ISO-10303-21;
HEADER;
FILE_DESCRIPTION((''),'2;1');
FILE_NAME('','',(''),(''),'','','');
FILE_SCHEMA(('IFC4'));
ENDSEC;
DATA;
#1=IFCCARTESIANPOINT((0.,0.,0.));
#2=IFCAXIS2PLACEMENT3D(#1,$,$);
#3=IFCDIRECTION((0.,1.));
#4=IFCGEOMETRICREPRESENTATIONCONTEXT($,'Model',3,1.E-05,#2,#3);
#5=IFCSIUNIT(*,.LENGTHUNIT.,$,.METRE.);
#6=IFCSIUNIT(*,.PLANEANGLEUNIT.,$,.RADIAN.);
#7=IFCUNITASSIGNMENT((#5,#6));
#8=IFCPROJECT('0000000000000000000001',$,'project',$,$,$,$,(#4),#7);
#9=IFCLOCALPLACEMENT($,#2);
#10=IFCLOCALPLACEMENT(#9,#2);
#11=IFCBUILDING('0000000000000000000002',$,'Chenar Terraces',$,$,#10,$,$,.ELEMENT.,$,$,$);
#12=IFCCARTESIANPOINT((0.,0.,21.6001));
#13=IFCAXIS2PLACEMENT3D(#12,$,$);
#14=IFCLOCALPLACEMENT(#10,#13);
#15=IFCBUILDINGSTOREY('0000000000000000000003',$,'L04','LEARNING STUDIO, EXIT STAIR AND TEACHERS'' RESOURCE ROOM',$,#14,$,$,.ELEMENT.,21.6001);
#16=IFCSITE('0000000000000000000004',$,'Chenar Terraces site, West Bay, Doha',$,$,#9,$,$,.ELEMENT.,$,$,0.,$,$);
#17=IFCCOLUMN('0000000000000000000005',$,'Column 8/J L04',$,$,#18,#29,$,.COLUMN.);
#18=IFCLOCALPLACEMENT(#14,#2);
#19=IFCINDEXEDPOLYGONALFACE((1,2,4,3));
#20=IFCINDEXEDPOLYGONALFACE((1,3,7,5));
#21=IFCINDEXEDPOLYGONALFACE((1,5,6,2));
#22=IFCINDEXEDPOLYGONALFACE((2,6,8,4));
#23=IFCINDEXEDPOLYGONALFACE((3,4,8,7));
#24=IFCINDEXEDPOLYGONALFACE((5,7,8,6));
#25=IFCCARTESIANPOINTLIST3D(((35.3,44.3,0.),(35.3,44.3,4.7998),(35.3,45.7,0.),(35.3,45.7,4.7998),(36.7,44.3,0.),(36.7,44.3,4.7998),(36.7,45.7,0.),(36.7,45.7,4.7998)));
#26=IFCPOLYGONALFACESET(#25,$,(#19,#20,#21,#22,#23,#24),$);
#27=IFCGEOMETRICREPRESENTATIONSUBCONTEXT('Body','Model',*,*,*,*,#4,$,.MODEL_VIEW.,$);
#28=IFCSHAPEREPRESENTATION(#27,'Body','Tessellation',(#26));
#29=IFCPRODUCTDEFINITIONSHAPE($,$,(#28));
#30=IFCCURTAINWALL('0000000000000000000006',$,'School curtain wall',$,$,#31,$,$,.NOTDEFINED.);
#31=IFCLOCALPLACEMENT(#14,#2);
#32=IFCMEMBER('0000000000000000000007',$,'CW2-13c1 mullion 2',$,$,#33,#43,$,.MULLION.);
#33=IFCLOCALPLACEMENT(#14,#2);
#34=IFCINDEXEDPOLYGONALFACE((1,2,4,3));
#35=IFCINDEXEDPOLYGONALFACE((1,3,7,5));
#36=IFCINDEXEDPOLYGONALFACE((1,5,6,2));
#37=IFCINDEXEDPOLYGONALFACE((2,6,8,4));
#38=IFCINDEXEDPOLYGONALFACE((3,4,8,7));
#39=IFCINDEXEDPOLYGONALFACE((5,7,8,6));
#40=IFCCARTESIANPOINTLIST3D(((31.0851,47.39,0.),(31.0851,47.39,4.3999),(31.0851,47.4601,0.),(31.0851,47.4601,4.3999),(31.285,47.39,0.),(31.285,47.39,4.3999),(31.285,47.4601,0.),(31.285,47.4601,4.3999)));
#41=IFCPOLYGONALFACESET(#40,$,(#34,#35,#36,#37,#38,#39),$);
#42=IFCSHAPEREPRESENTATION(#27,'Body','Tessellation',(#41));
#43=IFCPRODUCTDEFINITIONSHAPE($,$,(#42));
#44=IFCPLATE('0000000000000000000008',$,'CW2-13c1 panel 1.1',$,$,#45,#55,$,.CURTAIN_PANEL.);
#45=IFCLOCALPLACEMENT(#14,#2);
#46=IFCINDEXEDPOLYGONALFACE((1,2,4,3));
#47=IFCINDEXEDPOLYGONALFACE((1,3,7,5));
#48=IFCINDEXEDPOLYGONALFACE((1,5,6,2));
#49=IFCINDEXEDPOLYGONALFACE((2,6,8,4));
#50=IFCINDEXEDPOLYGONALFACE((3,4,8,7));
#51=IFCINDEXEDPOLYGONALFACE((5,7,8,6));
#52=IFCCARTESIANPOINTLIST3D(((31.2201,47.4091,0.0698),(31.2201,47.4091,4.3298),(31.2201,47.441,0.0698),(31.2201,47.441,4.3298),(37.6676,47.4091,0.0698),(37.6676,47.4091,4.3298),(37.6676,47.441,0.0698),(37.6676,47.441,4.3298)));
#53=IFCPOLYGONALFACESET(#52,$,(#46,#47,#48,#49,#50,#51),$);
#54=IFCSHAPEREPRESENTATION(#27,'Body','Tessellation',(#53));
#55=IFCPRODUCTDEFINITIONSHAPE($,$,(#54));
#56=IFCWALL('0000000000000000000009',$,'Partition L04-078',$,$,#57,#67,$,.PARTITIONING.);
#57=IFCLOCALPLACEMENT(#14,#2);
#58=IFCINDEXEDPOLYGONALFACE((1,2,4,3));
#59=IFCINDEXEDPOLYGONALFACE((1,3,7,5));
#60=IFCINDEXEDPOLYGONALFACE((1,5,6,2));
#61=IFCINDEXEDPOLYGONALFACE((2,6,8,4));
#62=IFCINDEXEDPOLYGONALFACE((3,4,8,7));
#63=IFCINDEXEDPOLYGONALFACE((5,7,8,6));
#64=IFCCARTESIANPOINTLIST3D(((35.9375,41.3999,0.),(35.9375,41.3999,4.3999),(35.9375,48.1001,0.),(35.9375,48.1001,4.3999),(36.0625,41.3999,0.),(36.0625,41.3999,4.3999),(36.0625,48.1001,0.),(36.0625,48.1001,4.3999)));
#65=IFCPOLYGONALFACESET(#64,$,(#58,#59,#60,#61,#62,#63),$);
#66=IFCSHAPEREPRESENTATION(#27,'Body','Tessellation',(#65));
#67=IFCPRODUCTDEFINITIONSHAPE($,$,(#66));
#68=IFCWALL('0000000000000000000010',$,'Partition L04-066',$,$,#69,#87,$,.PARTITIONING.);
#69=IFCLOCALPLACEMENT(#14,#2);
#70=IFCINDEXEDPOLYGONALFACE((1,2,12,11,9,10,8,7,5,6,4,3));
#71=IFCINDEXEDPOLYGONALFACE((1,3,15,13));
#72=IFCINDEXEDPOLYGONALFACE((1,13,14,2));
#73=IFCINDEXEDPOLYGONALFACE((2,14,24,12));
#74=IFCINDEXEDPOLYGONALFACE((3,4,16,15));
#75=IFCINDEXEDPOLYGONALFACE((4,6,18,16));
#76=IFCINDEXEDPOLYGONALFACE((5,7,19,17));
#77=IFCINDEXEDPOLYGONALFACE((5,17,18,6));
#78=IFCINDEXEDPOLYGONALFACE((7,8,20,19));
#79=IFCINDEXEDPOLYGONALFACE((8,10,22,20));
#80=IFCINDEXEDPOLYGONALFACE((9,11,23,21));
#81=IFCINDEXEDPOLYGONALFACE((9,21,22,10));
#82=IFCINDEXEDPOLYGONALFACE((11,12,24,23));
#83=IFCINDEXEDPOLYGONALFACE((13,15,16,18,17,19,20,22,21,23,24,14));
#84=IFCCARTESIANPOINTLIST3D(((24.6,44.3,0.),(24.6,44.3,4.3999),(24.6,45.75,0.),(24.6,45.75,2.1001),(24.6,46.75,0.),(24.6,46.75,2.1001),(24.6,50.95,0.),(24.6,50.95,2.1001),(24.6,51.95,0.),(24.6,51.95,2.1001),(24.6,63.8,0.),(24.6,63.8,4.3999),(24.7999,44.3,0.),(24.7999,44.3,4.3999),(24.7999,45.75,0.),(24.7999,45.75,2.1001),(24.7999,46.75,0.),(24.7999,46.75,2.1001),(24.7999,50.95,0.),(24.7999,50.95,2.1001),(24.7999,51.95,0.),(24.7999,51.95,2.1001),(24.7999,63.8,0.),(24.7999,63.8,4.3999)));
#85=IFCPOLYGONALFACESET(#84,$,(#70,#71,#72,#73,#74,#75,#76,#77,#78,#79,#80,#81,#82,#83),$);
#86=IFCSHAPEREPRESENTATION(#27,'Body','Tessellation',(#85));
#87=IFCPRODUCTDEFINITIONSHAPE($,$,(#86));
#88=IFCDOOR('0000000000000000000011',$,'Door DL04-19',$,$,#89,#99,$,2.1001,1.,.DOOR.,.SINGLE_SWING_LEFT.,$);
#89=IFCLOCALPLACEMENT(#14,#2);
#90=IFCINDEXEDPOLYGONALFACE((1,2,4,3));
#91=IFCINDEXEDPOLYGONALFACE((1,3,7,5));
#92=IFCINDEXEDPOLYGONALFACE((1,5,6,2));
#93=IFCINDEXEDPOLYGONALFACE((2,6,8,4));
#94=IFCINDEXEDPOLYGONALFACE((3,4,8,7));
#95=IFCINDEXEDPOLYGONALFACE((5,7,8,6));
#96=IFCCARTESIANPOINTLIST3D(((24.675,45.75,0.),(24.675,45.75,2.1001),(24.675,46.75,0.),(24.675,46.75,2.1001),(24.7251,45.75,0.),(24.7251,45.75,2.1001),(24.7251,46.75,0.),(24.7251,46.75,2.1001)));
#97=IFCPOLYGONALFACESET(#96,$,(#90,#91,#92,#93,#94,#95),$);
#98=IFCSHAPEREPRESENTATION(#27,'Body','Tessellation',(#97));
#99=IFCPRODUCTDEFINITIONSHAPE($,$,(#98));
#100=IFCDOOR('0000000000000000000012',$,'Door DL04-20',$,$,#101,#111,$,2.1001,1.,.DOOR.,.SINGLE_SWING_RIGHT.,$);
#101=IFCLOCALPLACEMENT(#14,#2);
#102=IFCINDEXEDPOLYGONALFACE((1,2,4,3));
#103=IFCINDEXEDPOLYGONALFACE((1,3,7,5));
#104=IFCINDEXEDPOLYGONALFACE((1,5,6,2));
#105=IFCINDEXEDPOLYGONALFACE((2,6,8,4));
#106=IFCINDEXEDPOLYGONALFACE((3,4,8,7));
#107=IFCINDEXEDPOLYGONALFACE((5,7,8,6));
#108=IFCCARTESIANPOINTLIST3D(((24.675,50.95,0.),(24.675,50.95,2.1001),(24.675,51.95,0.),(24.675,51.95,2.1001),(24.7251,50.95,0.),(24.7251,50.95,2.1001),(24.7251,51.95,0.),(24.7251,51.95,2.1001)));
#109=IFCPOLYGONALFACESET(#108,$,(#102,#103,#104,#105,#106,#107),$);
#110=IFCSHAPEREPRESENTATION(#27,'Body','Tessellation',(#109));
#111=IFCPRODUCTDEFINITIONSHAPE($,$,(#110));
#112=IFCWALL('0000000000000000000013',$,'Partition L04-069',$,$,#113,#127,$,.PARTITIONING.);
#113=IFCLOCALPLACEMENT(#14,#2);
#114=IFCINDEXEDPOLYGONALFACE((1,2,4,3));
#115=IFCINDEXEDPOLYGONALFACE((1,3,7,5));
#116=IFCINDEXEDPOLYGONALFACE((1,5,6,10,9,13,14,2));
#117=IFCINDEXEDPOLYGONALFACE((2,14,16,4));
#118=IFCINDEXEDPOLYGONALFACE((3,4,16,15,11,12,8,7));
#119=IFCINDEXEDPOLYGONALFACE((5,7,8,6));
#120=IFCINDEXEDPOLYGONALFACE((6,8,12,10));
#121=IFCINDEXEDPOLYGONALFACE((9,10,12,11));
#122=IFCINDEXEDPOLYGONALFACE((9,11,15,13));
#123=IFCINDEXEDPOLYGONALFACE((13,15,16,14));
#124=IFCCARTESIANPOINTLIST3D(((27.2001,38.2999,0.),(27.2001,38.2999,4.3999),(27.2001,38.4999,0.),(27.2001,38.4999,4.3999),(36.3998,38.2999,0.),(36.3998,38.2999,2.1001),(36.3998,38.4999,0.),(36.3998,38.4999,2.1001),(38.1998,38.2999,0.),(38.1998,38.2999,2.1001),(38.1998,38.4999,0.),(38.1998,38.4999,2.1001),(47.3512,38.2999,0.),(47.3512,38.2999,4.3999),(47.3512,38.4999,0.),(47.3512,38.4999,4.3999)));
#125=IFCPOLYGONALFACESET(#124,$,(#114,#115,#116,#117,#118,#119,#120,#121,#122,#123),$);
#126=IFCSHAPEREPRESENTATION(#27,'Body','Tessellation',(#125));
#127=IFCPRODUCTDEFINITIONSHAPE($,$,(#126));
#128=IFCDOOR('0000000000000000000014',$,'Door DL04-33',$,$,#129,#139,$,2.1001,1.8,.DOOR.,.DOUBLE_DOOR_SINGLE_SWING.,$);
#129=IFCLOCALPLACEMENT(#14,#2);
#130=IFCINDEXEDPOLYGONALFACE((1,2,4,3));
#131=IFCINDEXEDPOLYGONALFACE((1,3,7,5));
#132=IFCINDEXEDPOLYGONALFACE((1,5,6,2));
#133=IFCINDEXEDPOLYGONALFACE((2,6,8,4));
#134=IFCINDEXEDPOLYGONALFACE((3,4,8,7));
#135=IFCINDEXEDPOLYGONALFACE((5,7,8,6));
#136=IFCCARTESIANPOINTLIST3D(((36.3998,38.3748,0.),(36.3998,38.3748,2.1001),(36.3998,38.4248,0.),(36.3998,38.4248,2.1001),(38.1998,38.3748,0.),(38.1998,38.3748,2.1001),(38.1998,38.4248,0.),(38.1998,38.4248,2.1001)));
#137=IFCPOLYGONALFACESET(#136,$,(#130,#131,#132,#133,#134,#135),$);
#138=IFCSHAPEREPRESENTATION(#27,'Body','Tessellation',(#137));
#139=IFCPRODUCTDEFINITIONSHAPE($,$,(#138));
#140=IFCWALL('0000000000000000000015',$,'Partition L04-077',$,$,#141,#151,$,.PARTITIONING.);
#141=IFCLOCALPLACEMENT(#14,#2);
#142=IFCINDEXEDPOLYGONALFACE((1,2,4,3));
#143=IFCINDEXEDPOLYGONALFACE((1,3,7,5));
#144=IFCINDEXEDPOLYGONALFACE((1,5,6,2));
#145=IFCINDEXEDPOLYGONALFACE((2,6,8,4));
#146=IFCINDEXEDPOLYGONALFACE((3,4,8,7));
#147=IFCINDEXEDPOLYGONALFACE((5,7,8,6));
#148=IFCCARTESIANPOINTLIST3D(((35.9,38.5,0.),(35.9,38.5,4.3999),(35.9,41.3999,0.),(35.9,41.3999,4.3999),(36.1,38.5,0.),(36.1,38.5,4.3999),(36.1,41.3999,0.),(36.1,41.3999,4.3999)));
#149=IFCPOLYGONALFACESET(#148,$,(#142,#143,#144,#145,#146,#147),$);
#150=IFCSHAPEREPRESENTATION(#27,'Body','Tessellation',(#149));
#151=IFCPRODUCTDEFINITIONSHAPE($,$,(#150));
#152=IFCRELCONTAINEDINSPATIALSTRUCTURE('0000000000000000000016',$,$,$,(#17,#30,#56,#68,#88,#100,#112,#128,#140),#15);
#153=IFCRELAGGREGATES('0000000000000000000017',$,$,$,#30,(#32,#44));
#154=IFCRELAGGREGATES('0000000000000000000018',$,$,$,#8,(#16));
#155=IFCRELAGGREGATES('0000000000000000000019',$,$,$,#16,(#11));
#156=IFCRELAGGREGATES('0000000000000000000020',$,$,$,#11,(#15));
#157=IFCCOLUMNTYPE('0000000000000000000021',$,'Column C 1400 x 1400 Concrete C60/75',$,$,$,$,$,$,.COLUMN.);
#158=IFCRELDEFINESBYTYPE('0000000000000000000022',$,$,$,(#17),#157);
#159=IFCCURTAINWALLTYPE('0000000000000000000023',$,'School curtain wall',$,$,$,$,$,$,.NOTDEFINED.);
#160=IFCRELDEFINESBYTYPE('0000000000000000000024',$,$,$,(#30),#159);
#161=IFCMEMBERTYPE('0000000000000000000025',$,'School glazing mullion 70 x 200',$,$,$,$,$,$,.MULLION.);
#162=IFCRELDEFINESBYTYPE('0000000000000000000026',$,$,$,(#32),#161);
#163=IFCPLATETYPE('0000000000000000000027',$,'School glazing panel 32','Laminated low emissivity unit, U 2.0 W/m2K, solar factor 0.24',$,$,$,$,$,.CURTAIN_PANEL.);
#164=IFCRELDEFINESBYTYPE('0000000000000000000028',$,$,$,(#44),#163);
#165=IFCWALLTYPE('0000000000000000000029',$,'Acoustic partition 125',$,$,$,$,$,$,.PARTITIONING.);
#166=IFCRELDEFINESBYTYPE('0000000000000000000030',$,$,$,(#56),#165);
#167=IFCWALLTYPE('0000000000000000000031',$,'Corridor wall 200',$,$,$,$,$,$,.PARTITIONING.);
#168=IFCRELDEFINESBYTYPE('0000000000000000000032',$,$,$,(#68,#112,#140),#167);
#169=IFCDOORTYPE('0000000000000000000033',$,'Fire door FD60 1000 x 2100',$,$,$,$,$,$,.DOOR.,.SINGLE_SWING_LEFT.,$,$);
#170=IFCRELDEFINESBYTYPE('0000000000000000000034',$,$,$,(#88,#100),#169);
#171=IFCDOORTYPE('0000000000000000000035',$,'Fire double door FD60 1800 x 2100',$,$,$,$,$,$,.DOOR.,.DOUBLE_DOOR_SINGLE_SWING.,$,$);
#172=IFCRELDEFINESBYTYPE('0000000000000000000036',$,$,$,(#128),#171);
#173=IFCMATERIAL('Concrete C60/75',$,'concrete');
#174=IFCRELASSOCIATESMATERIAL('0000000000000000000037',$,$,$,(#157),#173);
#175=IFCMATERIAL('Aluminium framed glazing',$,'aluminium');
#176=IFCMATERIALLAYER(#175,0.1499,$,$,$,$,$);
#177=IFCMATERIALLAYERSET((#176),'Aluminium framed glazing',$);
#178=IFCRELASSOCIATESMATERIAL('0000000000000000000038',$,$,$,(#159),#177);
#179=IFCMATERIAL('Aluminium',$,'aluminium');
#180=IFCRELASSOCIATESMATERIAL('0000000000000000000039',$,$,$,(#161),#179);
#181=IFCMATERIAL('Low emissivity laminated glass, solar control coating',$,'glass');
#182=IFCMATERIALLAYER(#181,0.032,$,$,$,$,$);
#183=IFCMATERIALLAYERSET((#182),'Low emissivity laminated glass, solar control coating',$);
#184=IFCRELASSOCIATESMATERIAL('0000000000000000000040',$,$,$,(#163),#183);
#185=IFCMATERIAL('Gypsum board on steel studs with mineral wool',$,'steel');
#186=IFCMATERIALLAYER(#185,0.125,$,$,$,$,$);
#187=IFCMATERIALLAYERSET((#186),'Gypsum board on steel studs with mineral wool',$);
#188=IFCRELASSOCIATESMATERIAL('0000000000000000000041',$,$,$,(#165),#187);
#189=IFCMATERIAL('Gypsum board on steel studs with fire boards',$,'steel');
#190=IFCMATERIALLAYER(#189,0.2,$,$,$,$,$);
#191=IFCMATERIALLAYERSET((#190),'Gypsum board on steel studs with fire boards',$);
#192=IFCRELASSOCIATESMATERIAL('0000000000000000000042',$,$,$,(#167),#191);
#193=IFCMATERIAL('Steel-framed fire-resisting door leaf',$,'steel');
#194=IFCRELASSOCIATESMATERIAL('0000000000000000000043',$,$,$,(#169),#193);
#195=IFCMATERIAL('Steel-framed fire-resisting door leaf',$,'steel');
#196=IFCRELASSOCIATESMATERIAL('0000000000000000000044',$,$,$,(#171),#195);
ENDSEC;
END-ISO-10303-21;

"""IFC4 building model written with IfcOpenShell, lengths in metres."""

from ifc_helpers import new_model, si_unit, direction, frame, frame_2d, origin, origin_2d, place, context, subcontext, project, spatial, rectangle, extrude, material, layer, layer_set, material_profile, profile_set, type_object, element, fill, aggregate, save


model = new_model("IFC4")

# Units and contexts
model_context = context("Model", 3, precision=1e-05, world=origin(), true_north=direction((0.0, 1.0)))
body_context = subcontext(model_context, "Body", "Model", "MODEL_VIEW")
ifc_project = project(units=[si_unit("LENGTHUNIT", "METRE"), si_unit("PLANEANGLEUNIT", "RADIAN")], contexts=[model_context])

# Site, building, storey
site_placement = place(None, origin())
site = spatial("IfcSite", under=ifc_project, at=site_placement, Name="Chenar Terraces site, West Bay, Doha", CompositionType="ELEMENT", RefElevation=0.0)
building_placement = place(site_placement, origin())
building = spatial("IfcBuilding", under=site, at=building_placement, Name="Chenar Terraces", CompositionType="ELEMENT")
storey_placement = place(building_placement, frame((0.0, 0.0, 21.6001)))
storey = spatial("IfcBuildingStorey", under=building, at=storey_placement, Name="L04", Description="LEARNING STUDIO, EXIT STAIR AND TEACHERS' RESOURCE ROOM", CompositionType="ELEMENT", Elevation=21.6001)

# Column
ifc_material_1 = material(Name="Concrete C60/75", Category="concrete")
ifc_material_profile_1 = material_profile(ifc_material_1, rectangle(XDim=1.3999, YDim=1.3999, at=origin_2d()), Name="C 1400 x 1400")
ifc_profile_set_1 = profile_set([ifc_material_profile_1], Name="Concrete C60/75")
column_type = type_object("IfcColumnType", Name="Column C 1400 x 1400 Concrete C60/75", PredefinedType="COLUMN", material=ifc_profile_set_1)
column_placement = place(storey_placement, frame((36.0, 45.0, 0.0), z_axis=(0.0, 0.0, 1.0), x_axis=(1.0, 0.0, 0.0)))
element("IfcColumn", 1, at=column_placement, inside=storey, type_object=column_type, Name="Column 8/J L04", PredefinedType="COLUMN", context=body_context, shape_type="SweptSolid", body=[
    extrude(rectangle(XDim=1.3999, YDim=1.3999, at=origin_2d()), origin(), (0.0, 0.0, 1.0), 4.7998),
])

# Curtain wall, member, plate
ifc_material_2 = material(Name="Aluminium framed glazing", Category="aluminium")
ifc_layer_1 = layer(ifc_material_2, 0.1499)
ifc_layer_set_1 = layer_set([ifc_layer_1], Name="Aluminium framed glazing")
curtain_wall_type = type_object("IfcCurtainWallType", Name="School curtain wall", PredefinedType="NOTDEFINED", material=ifc_layer_set_1)
curtain_wall_placement = place(storey_placement, origin())
curtain_wall = element("IfcCurtainWall", 2, at=curtain_wall_placement, inside=storey, type_object=curtain_wall_type, Name="School curtain wall", PredefinedType="NOTDEFINED")
ifc_material_3 = material(Name="Aluminium", Category="aluminium")
ifc_material_profile_2 = material_profile(ifc_material_3, rectangle(XDim=0.0701, YDim=0.2, at=origin_2d()), Name="School glazing mullion 70 x 200")
ifc_profile_set_2 = profile_set([ifc_material_profile_2], Name="Aluminium")
member_type = type_object("IfcMemberType", Name="School glazing mullion 70 x 200", PredefinedType="MULLION", material=ifc_profile_set_2)
member_placement = place(storey_placement, frame((31.1851, 47.425, 0.0), z_axis=(0.0, 0.0, 1.0), x_axis=(0.0, -1.0, 0.0)))
member = element("IfcMember", 3, at=member_placement, type_object=member_type, Name="CW2-13c1 mullion 2", PredefinedType="MULLION", context=body_context, shape_type="SweptSolid", body=[
    extrude(rectangle(XDim=0.0701, YDim=0.2, at=origin_2d()), origin(), (0.0, 0.0, 1.0), 4.3999),
])
ifc_material_4 = material(Name="Low emissivity laminated glass, solar control coating", Category="glass")
ifc_layer_2 = layer(ifc_material_4, 0.032)
ifc_layer_set_2 = layer_set([ifc_layer_2], Name="Low emissivity laminated glass, solar control coating")
plate_type = type_object("IfcPlateType", Name="School glazing panel 32", Description="Laminated low emissivity unit, U 2.0 W/m2K, solar factor 0.24", PredefinedType="CURTAIN_PANEL", material=ifc_layer_set_2)
plate_placement = place(storey_placement, frame((34.4438, 47.425, 0.0698), z_axis=(0.0, 0.0, 1.0), x_axis=(-1.0, 0.0, 0.0)))
plate = element("IfcPlate", 4, at=plate_placement, type_object=plate_type, Name="CW2-13c1 panel 1.1", PredefinedType="CURTAIN_PANEL", context=body_context, shape_type="SweptSolid", body=[
    extrude(rectangle(XDim=6.4475, YDim=0.032, at=origin_2d()), origin(), (0.0, 0.0, 1.0), 4.26),
])
aggregate(curtain_wall, [member, plate])

# Wall
ifc_material_5 = material(Name="Gypsum board on steel studs with mineral wool", Category="steel")
ifc_layer_3 = layer(ifc_material_5, 0.125)
ifc_layer_set_3 = layer_set([ifc_layer_3], Name="Gypsum board on steel studs with mineral wool")
wall_type_1 = type_object("IfcWallType", Name="Acoustic partition 125", PredefinedType="PARTITIONING", material=ifc_layer_set_3)
wall_1_placement = place(storey_placement, frame((36.0, 41.3999, 0.0), z_axis=(0.0, 0.0, 1.0), x_axis=(0.0, 1.0, 0.0)))
element("IfcWall", 5, at=wall_1_placement, inside=storey, type_object=wall_type_1, Name="Partition L04-078", PredefinedType="PARTITIONING", context=body_context, shape_type="SweptSolid", body=[
    extrude(rectangle(XDim=6.7002, YDim=0.125, at=frame_2d((3.3501, 0.0))), origin(), (0.0, 0.0, 1.0), 4.3999),
])

# Wall, openings, doors
ifc_material_6 = material(Name="Gypsum board on steel studs with fire boards", Category="steel")
ifc_layer_4 = layer(ifc_material_6, 0.2)
ifc_layer_set_4 = layer_set([ifc_layer_4], Name="Gypsum board on steel studs with fire boards")
wall_type_2 = type_object("IfcWallType", Name="Corridor wall 200", PredefinedType="PARTITIONING", material=ifc_layer_set_4)
wall_2_placement = place(storey_placement, frame((24.7, 44.3, 0.0), z_axis=(0.0, 0.0, 1.0), x_axis=(0.0, 1.0, 0.0)))
wall_2 = element("IfcWall", 6, at=wall_2_placement, inside=storey, type_object=wall_type_2, Name="Partition L04-066", PredefinedType="PARTITIONING", context=body_context, shape_type="SweptSolid", body=[
    extrude(rectangle(XDim=19.5, YDim=0.2, at=frame_2d((9.75, 0.0))), origin(), (0.0, 0.0, 1.0), 4.3999),
])
opening_1_placement = place(wall_2_placement, frame((1.45, 0.0, 0.0)))
opening_1 = element("IfcOpeningElement", 7, at=opening_1_placement, cuts=wall_2, PredefinedType="OPENING", context=body_context, shape_type="SweptSolid", body=[
    extrude(rectangle(XDim=1.0, YDim=2.1001, at=frame_2d((0.5, 1.05))), frame((0.0, 0.1099, 0.0), z_axis=(0.0, -1.0, 0.0), x_axis=(1.0, 0.0, 0.0)), (0.0, 0.0, 1.0), 0.22),
])
opening_2_placement = place(wall_2_placement, frame((6.6499, 0.0, 0.0)))
opening_2 = element("IfcOpeningElement", 8, at=opening_2_placement, cuts=wall_2, PredefinedType="OPENING", context=body_context, shape_type="SweptSolid", body=[
    extrude(rectangle(XDim=1.0, YDim=2.1001, at=frame_2d((0.5, 1.05))), frame((0.0, 0.1099, 0.0), z_axis=(0.0, -1.0, 0.0), x_axis=(1.0, 0.0, 0.0)), (0.0, 0.0, 1.0), 0.22),
])
ifc_material_7 = material(Name="Steel-framed fire-resisting door leaf", Category="steel")
door_type_1 = type_object("IfcDoorType", Name="Fire door FD60 1000 x 2100", OperationType="SINGLE_SWING_LEFT", PredefinedType="DOOR", material=ifc_material_7)
door_1_placement = place(opening_1_placement, origin())
door_1 = element("IfcDoor", 9, at=door_1_placement, inside=storey, type_object=door_type_1, Name="Door DL04-19", OperationType="SINGLE_SWING_LEFT", OverallHeight=2.1001, OverallWidth=1.0, PredefinedType="DOOR", context=body_context, shape_type="SweptSolid", body=[
    extrude(rectangle(XDim=1.0, YDim=2.1001, at=frame_2d((0.5, 1.05))), frame((0.0, 0.0249, 0.0), z_axis=(0.0, -1.0, 0.0), x_axis=(1.0, 0.0, 0.0)), (0.0, 0.0, 1.0), 0.05),
])
fill(opening_1, door_1)
door_2_placement = place(opening_2_placement, origin())
door_2 = element("IfcDoor", 10, at=door_2_placement, inside=storey, type_object=door_type_1, Name="Door DL04-20", OperationType="SINGLE_SWING_RIGHT", OverallHeight=2.1001, OverallWidth=1.0, PredefinedType="DOOR", context=body_context, shape_type="SweptSolid", body=[
    extrude(rectangle(XDim=1.0, YDim=2.1001, at=frame_2d((0.5, 1.05))), frame((0.0, 0.0249, 0.0), z_axis=(0.0, -1.0, 0.0), x_axis=(1.0, 0.0, 0.0)), (0.0, 0.0, 1.0), 0.05),
])
fill(opening_2, door_2)

# Wall, opening, door
wall_3_placement = place(storey_placement, frame((27.2, 38.3999, 0.0), z_axis=(0.0, 0.0, 1.0), x_axis=(1.0, 0.0, 0.0)))
wall_3 = element("IfcWall", 11, at=wall_3_placement, inside=storey, type_object=wall_type_2, Name="Partition L04-069", PredefinedType="PARTITIONING", context=body_context, shape_type="SweptSolid", body=[
    extrude(rectangle(XDim=20.1511, YDim=0.2, at=frame_2d((10.0757, 0.0))), origin(), (0.0, 0.0, 1.0), 4.3999),
])
opening_3_placement = place(wall_3_placement, frame((9.2, 0.0, 0.0)))
opening_3 = element("IfcOpeningElement", 12, at=opening_3_placement, cuts=wall_3, PredefinedType="OPENING", context=body_context, shape_type="SweptSolid", body=[
    extrude(rectangle(XDim=1.8, YDim=2.1001, at=frame_2d((0.8999, 1.05))), frame((0.0, 0.1099, 0.0), z_axis=(0.0, -1.0, 0.0), x_axis=(1.0, 0.0, 0.0)), (0.0, 0.0, 1.0), 0.22),
])
ifc_material_8 = material(Name="Steel-framed fire-resisting door leaf", Category="steel")
door_type_2 = type_object("IfcDoorType", Name="Fire double door FD60 1800 x 2100", OperationType="DOUBLE_DOOR_SINGLE_SWING", PredefinedType="DOOR", material=ifc_material_8)
door_3_placement = place(opening_3_placement, origin())
door_3 = element("IfcDoor", 13, at=door_3_placement, inside=storey, type_object=door_type_2, Name="Door DL04-33", OperationType="DOUBLE_DOOR_SINGLE_SWING", OverallHeight=2.1001, OverallWidth=1.8, PredefinedType="DOOR", context=body_context, shape_type="SweptSolid", body=[
    extrude(rectangle(XDim=1.8, YDim=2.1001, at=frame_2d((0.8999, 1.05))), frame((0.0, 0.0249, 0.0), z_axis=(0.0, -1.0, 0.0), x_axis=(1.0, 0.0, 0.0)), (0.0, 0.0, 1.0), 0.05),
])
fill(opening_3, door_3)

# Wall
wall_4_placement = place(storey_placement, frame((36.0, 38.5, 0.0), z_axis=(0.0, 0.0, 1.0), x_axis=(0.0, 1.0, 0.0)))
element("IfcWall", 14, at=wall_4_placement, inside=storey, type_object=wall_type_2, Name="Partition L04-077", PredefinedType="PARTITIONING", context=body_context, shape_type="SweptSolid", body=[
    extrude(rectangle(XDim=2.8999, YDim=0.2, at=frame_2d((1.45, 0.0))), origin(), (0.0, 0.0, 1.0), 4.3999),
])

save(model, "model.ifc")
